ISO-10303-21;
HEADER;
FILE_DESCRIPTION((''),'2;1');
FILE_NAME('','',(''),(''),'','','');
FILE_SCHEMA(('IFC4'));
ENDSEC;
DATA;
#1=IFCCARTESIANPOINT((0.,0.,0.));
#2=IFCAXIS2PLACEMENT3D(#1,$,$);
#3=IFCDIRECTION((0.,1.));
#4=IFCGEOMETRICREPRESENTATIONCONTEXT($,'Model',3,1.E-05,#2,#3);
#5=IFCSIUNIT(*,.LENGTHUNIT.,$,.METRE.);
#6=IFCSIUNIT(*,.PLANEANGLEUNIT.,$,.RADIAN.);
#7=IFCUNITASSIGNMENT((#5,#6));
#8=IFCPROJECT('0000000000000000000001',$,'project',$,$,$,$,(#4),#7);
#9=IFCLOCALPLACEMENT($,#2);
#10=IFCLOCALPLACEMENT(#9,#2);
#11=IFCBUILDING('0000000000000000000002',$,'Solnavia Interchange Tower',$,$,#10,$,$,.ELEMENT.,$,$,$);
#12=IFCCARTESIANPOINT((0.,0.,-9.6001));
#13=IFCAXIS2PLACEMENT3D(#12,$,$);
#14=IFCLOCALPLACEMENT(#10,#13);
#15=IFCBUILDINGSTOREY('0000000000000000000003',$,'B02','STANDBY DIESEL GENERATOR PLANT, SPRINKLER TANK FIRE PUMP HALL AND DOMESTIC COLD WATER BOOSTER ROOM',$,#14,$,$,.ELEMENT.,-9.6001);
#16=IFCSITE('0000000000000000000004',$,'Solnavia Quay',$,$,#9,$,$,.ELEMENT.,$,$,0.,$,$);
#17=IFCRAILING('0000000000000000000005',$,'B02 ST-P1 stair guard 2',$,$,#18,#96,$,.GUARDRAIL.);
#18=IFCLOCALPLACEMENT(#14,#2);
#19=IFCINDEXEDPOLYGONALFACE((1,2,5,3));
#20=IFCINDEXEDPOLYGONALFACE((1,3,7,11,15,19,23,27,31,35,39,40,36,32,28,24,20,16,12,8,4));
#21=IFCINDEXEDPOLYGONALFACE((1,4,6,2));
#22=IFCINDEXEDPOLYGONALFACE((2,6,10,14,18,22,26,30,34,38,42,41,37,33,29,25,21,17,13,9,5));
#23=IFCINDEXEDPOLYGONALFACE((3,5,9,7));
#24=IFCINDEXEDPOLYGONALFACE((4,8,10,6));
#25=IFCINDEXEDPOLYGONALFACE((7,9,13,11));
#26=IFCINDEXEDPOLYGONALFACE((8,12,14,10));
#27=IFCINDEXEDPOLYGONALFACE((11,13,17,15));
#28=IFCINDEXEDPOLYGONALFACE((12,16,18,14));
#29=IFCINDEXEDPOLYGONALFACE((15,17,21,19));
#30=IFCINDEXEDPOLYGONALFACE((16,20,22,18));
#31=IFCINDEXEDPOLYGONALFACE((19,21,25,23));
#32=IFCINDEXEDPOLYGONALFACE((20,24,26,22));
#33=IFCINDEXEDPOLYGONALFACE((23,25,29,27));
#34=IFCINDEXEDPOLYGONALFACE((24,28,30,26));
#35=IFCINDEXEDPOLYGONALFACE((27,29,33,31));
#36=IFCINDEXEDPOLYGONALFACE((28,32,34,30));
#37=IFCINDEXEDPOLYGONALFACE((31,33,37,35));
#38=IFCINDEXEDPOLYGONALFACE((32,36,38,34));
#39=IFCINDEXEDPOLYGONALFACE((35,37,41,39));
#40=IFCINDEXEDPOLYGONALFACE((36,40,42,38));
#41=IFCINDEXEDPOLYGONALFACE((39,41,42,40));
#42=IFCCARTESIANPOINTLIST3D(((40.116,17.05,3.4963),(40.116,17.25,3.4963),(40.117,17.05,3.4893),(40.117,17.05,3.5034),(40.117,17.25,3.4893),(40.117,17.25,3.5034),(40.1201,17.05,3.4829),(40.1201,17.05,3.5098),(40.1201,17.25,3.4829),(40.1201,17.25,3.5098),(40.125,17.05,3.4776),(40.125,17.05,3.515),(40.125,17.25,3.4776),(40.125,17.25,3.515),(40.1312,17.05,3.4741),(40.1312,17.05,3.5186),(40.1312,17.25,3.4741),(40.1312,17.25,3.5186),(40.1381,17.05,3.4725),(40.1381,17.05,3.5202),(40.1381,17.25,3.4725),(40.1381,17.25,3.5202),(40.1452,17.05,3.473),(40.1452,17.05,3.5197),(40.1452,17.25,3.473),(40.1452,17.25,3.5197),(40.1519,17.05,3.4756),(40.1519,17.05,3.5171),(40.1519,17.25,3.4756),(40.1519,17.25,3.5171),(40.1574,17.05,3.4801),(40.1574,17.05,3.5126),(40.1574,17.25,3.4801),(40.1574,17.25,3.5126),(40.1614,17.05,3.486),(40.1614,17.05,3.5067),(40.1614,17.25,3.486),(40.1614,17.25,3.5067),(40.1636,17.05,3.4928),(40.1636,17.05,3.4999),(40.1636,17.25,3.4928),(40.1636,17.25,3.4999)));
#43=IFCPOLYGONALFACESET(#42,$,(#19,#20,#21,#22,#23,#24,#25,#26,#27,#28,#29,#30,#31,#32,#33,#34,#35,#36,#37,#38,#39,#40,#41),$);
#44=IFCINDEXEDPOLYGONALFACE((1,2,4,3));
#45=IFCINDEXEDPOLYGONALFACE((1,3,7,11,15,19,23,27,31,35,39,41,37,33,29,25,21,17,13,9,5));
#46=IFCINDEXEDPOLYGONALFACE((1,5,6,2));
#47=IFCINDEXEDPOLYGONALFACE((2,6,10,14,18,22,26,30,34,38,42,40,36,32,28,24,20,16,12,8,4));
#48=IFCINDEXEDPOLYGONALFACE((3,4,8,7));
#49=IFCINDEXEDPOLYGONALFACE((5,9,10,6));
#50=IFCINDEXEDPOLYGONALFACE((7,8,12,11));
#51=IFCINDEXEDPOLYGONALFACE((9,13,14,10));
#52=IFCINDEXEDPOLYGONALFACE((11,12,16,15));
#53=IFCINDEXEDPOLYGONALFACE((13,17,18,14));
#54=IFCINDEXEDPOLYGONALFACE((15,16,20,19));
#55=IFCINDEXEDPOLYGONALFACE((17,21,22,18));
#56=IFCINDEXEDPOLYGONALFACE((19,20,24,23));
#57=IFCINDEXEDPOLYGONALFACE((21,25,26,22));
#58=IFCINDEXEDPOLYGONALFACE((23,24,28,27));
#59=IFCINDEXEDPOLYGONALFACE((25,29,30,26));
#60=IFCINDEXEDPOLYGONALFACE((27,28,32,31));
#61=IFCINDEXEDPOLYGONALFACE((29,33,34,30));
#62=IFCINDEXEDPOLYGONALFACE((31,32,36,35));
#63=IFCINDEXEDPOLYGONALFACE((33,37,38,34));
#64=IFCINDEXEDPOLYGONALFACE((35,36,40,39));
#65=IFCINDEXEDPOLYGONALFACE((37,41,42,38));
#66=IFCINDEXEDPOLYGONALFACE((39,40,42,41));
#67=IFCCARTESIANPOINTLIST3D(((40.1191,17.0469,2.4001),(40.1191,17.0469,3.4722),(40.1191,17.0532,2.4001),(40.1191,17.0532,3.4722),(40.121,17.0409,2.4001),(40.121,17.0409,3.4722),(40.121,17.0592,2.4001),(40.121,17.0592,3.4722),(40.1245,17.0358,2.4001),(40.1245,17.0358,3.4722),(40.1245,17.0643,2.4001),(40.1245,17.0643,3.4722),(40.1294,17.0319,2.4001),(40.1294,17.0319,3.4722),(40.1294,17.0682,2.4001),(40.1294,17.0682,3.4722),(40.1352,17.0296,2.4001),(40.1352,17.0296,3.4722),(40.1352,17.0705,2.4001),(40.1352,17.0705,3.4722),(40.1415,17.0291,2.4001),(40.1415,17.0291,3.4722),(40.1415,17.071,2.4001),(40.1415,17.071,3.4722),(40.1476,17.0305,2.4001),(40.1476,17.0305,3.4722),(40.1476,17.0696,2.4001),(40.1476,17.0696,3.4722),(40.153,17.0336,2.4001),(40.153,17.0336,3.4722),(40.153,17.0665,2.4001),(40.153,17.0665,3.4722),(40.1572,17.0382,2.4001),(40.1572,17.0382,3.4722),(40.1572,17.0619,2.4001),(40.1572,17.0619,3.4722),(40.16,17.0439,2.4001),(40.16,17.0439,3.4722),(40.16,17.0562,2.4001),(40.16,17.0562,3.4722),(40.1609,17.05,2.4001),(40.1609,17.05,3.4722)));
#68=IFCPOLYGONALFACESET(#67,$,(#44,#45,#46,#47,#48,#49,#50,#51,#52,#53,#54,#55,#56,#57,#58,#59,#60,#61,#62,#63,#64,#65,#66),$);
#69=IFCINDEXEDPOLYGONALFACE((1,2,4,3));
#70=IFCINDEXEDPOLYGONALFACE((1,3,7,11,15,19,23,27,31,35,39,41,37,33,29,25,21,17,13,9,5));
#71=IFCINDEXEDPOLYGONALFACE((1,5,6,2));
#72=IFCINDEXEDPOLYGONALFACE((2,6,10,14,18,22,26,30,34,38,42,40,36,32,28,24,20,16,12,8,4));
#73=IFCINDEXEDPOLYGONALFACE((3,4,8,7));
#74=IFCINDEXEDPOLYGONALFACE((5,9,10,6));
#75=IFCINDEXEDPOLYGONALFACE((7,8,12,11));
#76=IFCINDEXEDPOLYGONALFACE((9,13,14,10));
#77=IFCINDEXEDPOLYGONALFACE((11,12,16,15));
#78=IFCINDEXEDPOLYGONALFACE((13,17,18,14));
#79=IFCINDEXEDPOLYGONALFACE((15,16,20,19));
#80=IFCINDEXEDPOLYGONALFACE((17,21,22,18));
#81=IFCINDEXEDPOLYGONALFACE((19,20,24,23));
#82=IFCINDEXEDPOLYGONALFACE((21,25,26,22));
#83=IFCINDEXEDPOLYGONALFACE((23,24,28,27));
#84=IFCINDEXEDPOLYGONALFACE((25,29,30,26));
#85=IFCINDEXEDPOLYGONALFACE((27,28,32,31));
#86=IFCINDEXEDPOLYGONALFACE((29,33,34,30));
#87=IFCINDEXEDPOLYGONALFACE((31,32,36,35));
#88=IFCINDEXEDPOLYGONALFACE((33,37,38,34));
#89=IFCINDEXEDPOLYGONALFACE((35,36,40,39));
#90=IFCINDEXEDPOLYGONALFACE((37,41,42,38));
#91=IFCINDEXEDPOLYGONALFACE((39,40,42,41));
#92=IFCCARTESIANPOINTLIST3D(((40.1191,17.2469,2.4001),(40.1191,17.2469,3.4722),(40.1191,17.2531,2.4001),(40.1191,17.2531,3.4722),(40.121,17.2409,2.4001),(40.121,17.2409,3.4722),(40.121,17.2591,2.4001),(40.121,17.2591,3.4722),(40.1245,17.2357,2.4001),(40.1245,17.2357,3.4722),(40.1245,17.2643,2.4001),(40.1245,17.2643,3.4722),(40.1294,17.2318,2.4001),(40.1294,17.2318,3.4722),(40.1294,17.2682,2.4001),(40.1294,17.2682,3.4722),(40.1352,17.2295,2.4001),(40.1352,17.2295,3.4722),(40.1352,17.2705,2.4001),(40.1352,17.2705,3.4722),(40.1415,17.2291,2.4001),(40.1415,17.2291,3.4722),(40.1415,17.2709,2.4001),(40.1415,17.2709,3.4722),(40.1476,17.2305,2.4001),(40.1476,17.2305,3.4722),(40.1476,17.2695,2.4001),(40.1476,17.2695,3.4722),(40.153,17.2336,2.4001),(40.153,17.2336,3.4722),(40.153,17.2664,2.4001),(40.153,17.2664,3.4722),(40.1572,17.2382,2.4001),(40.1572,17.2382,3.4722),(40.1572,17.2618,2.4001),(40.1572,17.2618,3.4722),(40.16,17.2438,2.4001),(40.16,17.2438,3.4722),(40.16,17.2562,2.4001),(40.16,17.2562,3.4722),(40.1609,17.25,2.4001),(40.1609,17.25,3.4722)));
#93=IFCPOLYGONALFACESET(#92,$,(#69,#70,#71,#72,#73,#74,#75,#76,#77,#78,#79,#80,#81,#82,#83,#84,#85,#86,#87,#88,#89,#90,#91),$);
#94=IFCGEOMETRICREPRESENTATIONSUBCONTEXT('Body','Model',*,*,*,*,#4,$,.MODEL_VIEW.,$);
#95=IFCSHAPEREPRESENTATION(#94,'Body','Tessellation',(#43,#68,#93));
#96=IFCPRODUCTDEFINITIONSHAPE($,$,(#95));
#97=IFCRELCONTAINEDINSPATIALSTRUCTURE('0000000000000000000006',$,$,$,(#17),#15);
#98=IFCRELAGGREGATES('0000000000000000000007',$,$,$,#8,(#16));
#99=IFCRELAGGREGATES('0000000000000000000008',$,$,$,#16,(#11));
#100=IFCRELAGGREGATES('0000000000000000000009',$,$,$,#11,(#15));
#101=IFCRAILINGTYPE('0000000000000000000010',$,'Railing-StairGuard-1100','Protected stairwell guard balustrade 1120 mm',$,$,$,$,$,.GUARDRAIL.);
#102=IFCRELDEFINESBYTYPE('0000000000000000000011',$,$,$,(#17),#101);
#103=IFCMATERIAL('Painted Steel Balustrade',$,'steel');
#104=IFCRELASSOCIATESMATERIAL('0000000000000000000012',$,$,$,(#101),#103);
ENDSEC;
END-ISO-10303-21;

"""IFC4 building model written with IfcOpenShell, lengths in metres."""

from ifc_helpers import new_model, si_unit, direction, frame, origin, origin_2d, place, context, subcontext, project, spatial, circle, extrude, material, type_object, element, save


model = new_model("IFC4")

# Units and contexts
model_context = context("Model", 3, precision=1e-05, world=origin(), true_north=direction((0.0, 1.0)))
body_context = subcontext(model_context, "Body", "Model", "MODEL_VIEW")
ifc_project = project(units=[si_unit("LENGTHUNIT", "METRE"), si_unit("PLANEANGLEUNIT", "RADIAN")], contexts=[model_context])

# Site, building, storey
site_placement = place(None, origin())
site = spatial("IfcSite", under=ifc_project, at=site_placement, Name="Solnavia Quay", CompositionType="ELEMENT", RefElevation=0.0)
building_placement = place(site_placement, origin())
building = spatial("IfcBuilding", under=site, at=building_placement, Name="Solnavia Interchange Tower", CompositionType="ELEMENT")
storey_placement = place(building_placement, frame((0.0, 0.0, -9.6001)))
storey = spatial("IfcBuildingStorey", under=building, at=storey_placement, Name="B02", Description="STANDBY DIESEL GENERATOR PLANT, SPRINKLER TANK FIRE PUMP HALL AND DOMESTIC COLD WATER BOOSTER ROOM", CompositionType="ELEMENT", Elevation=-9.6001)

# Railing
ifc_material_1 = material(Name="Painted Steel Balustrade", Category="steel")
railing_type_1 = type_object("IfcRailingType", Name="Railing-StairGuard-1100", Description="Protected stairwell guard balustrade 1120 mm", PredefinedType="GUARDRAIL", material=ifc_material_1)
railing_1_placement = place(storey_placement, frame((40.1399, 17.05, 2.4001)))
element("IfcRailing", 1, at=railing_1_placement, inside=storey, type_object=railing_type_1, Name="B02 ST-P1 stair guard 2", PredefinedType="GUARDRAIL", context=body_context, shape_type="SweptSolid", body=[
    extrude(circle(Radius=0.0239, at=origin_2d()), frame((0.0, 0.0, 1.0962), z_axis=(0.0, 1.0, 0.0), x_axis=(-1.0, 0.0, 0.0)), (0.0, 0.0, 1.0), 0.2),
    extrude(circle(Radius=0.021, at=origin_2d()), origin(), (0.0, 0.0, 1.0), 1.072),
    extrude(circle(Radius=0.021, at=origin_2d()), frame((0.0, 0.2, 0.0)), (0.0, 0.0, 1.0), 1.072),
])

save(model, "model.ifc")
